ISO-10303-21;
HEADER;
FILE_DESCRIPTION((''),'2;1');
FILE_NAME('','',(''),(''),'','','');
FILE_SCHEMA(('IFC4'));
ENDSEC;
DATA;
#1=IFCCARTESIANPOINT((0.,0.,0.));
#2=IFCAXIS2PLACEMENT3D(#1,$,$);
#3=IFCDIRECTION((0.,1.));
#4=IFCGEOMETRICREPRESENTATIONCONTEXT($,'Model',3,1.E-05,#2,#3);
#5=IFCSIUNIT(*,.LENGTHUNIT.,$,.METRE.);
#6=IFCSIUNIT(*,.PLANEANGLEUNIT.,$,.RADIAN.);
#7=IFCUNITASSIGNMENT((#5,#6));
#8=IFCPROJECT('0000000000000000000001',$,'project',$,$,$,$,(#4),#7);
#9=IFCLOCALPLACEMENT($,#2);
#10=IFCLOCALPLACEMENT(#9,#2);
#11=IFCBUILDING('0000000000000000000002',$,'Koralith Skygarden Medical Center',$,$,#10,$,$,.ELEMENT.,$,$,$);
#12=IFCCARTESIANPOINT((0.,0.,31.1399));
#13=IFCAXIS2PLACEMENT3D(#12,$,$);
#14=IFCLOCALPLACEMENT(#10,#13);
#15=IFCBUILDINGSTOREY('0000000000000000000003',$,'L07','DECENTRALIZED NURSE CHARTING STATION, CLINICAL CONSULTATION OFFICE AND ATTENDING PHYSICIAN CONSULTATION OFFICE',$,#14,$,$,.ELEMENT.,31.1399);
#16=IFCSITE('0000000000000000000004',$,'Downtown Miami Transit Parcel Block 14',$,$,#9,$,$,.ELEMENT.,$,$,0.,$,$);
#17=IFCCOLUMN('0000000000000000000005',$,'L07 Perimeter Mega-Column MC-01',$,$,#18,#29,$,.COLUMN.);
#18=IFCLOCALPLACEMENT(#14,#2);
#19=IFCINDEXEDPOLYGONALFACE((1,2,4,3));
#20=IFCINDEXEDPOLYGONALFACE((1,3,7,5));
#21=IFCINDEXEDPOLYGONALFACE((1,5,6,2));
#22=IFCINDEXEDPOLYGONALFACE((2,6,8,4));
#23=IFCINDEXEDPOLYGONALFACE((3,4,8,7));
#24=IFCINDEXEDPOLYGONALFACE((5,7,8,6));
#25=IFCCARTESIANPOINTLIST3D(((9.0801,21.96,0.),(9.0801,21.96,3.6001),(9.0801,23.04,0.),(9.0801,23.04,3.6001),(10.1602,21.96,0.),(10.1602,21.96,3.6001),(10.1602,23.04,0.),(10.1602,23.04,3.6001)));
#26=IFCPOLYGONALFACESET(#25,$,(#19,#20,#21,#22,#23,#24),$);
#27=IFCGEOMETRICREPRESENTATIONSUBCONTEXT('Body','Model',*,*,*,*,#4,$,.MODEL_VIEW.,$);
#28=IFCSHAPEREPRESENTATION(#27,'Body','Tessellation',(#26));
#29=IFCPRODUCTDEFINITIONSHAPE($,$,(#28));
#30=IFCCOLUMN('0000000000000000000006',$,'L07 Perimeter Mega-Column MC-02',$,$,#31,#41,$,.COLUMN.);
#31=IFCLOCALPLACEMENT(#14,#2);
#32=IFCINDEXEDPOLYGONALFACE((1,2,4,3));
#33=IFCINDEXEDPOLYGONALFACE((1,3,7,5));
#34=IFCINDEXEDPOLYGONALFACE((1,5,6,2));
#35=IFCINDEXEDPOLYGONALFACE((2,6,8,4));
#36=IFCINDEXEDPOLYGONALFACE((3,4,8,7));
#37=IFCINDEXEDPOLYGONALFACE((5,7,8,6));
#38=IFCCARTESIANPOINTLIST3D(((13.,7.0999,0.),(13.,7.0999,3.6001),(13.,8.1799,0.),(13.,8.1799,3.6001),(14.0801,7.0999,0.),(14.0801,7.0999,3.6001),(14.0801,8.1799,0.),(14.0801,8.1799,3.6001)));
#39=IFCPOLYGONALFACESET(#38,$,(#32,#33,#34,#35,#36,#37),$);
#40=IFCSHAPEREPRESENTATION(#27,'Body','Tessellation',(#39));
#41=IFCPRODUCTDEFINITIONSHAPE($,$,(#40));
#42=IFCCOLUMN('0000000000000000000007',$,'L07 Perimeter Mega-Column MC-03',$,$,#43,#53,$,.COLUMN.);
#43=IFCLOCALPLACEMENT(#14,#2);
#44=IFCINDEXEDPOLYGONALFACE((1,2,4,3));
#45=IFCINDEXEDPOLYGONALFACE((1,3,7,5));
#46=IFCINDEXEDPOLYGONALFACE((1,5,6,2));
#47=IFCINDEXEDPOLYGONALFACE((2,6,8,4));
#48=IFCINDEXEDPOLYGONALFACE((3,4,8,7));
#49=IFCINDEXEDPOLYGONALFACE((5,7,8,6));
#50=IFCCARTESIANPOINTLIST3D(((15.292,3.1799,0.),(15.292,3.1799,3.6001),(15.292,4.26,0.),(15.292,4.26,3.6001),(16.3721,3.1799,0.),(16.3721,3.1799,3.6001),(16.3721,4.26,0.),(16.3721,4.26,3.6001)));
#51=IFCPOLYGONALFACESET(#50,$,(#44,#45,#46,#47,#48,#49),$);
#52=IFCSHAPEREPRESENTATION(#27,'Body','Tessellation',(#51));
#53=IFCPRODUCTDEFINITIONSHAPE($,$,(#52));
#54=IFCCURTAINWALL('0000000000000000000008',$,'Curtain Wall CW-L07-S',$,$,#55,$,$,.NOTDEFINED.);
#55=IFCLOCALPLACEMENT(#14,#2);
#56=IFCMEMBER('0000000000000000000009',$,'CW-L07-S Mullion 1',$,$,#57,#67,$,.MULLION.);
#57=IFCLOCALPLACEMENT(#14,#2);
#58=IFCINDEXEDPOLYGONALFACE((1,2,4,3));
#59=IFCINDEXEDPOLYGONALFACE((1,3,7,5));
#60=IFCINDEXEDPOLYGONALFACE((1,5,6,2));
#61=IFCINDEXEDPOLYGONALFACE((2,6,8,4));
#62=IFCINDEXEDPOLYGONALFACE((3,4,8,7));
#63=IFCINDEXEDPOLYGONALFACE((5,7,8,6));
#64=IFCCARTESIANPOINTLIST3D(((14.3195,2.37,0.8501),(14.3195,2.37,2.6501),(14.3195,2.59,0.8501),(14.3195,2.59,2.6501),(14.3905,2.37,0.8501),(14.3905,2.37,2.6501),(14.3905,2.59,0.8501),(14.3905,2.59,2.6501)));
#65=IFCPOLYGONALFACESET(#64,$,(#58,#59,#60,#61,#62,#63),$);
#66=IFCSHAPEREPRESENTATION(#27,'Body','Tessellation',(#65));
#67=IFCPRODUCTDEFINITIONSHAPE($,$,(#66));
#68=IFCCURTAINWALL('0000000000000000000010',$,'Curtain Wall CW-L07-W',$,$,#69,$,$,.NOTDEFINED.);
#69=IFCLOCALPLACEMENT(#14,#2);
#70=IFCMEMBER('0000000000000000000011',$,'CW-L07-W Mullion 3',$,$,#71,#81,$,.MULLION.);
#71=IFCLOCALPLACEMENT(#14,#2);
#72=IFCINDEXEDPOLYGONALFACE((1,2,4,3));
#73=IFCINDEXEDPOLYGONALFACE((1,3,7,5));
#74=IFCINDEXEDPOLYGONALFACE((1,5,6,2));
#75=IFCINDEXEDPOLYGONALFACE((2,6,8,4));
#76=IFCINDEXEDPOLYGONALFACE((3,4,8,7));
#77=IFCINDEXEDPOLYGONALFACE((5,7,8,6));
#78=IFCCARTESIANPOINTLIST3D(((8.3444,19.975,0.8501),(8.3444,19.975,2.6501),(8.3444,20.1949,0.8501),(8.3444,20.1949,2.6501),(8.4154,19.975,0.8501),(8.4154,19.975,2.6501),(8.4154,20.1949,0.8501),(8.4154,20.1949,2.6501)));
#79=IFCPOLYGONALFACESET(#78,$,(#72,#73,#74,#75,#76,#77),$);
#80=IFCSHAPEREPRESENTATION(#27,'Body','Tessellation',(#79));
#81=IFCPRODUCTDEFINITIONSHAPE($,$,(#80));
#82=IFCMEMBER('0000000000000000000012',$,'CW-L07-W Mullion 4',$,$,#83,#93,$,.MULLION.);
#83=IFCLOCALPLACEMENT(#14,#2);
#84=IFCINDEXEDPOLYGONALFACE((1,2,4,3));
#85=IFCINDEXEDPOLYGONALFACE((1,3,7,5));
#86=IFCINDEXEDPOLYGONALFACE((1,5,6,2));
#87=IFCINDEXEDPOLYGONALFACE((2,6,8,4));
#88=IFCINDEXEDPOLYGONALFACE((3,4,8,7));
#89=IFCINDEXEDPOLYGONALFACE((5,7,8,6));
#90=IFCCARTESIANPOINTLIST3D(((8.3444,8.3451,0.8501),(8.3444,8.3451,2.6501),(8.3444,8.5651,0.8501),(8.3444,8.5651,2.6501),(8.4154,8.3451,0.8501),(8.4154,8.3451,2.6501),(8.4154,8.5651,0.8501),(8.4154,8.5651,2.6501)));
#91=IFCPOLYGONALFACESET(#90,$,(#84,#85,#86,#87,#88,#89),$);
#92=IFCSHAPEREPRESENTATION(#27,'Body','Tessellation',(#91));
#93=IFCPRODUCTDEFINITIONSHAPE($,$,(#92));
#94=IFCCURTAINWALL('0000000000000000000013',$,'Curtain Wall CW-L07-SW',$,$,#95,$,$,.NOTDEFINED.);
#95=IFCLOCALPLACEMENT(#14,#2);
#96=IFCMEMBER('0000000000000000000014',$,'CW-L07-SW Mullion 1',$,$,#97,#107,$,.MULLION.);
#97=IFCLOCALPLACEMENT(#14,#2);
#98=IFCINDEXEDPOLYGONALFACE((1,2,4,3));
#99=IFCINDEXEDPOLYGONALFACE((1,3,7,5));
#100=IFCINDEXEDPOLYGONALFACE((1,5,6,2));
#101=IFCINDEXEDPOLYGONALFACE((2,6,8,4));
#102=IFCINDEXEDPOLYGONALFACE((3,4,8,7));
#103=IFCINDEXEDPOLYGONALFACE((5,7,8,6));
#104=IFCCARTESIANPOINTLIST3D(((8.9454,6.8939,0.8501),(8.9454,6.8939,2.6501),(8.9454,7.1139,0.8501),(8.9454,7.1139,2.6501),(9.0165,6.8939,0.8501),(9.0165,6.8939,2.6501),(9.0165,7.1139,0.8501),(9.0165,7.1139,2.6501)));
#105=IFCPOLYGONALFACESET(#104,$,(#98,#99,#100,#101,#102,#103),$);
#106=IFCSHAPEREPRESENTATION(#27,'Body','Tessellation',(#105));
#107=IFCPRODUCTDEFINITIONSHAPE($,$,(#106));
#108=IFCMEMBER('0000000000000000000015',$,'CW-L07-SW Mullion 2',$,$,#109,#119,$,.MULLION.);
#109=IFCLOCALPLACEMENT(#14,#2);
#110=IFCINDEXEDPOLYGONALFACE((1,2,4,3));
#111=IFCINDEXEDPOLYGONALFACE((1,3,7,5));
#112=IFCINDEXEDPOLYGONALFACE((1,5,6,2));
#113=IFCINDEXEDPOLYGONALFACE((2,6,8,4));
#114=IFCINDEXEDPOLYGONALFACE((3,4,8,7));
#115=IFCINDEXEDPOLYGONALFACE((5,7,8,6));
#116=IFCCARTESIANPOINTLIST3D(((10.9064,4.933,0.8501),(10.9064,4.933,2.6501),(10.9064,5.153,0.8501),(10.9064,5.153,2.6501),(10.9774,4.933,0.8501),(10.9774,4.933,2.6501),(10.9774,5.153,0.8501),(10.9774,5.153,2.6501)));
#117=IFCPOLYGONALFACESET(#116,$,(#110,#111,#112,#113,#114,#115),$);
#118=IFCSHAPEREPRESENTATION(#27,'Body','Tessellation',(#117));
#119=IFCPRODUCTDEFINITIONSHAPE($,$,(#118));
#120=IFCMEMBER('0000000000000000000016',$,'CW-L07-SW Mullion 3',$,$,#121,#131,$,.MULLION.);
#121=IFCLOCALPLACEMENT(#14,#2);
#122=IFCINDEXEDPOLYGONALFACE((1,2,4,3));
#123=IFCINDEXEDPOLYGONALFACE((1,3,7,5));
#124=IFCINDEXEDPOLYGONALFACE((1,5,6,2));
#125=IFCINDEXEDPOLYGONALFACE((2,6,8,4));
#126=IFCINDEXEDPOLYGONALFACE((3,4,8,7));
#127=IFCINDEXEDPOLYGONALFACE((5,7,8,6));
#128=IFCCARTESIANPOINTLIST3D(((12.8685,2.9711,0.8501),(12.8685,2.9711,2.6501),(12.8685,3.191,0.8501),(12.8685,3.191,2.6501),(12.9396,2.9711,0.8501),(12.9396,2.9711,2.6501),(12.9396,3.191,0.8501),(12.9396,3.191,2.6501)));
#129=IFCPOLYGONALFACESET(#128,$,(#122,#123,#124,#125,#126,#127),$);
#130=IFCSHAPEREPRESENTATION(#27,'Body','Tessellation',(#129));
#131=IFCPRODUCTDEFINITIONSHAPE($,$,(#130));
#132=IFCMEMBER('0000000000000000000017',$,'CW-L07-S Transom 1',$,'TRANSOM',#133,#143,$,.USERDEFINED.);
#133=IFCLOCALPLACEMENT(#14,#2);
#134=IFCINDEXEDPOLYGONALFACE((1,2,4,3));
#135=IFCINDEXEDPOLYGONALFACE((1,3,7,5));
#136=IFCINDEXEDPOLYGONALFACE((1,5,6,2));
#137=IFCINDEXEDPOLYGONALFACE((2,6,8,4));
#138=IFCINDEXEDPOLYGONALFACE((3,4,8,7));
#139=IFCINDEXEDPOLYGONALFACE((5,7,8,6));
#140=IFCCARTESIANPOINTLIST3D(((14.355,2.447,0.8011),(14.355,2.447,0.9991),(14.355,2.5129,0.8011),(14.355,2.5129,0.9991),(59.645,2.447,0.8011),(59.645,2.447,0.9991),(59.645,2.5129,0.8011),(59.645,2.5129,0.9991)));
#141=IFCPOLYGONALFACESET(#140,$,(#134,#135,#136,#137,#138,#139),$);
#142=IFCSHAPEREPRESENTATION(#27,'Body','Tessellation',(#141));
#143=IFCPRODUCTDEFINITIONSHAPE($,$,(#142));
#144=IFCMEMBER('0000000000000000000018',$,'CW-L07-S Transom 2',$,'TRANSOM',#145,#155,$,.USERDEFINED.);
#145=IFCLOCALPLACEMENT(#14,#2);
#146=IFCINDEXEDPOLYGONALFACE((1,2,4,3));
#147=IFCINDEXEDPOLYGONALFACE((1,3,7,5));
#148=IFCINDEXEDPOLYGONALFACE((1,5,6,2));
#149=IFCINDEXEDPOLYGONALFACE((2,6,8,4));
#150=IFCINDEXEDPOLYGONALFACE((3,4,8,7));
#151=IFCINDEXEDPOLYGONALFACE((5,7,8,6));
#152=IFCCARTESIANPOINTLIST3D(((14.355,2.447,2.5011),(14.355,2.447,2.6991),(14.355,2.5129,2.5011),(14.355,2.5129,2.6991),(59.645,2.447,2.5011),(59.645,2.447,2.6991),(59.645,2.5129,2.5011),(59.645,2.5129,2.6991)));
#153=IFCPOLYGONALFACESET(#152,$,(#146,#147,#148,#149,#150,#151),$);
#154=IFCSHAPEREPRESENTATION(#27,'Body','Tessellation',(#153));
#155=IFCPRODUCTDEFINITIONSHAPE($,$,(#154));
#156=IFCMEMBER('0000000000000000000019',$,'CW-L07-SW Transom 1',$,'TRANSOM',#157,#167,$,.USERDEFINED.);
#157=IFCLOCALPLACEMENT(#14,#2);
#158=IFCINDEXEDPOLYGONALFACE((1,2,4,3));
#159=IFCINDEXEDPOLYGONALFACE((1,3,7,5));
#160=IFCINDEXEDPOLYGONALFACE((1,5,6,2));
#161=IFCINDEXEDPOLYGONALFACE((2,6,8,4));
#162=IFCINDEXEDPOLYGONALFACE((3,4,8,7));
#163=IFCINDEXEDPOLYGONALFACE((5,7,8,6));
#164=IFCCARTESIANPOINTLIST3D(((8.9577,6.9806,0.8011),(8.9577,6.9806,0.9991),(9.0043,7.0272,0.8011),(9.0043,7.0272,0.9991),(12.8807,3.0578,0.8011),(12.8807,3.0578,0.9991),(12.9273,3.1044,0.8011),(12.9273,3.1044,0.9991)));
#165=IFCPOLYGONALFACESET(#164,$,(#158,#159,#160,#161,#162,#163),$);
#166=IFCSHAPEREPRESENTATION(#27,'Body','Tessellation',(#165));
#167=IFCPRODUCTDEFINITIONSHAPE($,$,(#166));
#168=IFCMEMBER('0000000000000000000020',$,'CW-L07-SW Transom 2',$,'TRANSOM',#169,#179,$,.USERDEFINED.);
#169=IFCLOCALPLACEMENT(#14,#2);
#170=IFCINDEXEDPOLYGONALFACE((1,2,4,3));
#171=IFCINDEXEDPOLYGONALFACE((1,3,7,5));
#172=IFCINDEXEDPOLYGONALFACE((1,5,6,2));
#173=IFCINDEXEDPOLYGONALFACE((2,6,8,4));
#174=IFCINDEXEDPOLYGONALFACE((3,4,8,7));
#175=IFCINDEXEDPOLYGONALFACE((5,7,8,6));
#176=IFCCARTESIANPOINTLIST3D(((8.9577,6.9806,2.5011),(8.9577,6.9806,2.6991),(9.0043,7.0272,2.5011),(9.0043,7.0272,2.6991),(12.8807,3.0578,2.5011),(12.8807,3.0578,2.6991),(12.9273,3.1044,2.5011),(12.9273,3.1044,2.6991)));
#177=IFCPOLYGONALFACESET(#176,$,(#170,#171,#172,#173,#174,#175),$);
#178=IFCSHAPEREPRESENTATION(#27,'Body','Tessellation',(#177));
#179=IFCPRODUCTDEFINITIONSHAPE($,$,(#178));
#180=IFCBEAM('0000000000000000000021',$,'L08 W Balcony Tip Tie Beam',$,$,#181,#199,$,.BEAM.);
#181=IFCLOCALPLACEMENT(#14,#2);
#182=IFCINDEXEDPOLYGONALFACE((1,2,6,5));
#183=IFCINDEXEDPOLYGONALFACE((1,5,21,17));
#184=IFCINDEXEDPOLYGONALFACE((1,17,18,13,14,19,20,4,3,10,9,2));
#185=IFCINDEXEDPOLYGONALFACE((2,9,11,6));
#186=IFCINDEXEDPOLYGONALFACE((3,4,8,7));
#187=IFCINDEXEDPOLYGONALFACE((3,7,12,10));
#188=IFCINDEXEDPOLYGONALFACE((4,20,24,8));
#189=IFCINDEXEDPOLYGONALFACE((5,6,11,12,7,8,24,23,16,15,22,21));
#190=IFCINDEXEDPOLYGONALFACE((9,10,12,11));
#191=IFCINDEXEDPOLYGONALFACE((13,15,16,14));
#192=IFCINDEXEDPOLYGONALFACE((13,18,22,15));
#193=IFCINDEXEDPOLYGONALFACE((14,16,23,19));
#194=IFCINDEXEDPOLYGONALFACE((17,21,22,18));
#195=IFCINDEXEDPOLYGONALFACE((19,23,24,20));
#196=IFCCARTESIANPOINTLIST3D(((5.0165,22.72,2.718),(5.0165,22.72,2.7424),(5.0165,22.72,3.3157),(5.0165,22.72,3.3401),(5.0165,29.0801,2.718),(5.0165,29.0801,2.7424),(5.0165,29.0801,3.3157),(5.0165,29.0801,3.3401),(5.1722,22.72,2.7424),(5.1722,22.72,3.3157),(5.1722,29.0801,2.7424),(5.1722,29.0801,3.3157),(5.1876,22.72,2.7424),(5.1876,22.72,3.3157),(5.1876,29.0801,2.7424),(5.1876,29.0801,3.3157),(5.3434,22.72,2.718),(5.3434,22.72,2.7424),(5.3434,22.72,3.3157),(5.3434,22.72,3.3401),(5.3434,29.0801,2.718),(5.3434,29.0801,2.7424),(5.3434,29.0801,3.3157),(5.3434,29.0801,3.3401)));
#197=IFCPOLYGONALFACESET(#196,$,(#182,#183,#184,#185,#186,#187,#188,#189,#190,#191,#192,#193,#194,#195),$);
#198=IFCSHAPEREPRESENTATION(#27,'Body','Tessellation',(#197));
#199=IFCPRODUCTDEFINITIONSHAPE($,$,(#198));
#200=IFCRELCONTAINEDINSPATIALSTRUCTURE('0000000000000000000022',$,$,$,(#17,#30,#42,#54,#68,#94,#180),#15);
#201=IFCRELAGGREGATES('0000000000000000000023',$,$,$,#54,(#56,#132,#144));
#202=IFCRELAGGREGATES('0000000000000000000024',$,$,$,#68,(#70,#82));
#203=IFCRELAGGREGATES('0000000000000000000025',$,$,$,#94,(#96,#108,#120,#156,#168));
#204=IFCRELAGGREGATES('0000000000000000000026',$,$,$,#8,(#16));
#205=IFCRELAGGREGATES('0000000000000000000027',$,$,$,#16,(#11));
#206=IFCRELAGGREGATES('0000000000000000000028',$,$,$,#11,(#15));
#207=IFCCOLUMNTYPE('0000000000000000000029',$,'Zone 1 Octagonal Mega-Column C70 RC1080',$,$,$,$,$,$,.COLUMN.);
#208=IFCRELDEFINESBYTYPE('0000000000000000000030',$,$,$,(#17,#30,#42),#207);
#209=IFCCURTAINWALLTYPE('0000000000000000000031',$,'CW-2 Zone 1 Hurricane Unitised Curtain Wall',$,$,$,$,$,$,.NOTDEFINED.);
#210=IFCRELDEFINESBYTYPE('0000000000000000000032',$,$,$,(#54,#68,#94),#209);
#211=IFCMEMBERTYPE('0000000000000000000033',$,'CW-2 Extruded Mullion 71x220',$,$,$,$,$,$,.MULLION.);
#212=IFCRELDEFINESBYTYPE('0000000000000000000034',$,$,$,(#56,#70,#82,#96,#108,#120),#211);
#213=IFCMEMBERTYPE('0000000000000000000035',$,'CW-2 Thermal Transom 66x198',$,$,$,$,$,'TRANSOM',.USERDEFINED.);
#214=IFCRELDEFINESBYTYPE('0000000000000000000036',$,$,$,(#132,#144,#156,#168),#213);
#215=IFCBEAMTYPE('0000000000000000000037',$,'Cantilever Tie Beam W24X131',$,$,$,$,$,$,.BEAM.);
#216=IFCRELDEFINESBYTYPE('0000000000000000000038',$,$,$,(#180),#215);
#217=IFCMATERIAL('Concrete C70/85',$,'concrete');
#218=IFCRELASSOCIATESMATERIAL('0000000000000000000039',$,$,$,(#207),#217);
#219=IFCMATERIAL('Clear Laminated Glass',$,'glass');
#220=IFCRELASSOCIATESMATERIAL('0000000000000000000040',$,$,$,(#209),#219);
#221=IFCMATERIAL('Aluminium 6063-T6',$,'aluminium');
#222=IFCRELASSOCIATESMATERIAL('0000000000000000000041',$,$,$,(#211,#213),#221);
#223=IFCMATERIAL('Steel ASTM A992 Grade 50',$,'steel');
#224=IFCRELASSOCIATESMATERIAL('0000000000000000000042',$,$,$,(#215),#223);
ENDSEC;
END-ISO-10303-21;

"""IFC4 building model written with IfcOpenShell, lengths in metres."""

from ifc_helpers import new_model, si_unit, direction, frame, origin, origin_2d, place, context, subcontext, project, spatial, rectangle, i_section, extrude, material, material_profile, profile_set, type_object, element, aggregate, save


model = new_model("IFC4")

# Units and contexts
model_context = context("Model", 3, precision=1e-05, world=origin(), true_north=direction((0.0, 1.0)))
body_context = subcontext(model_context, "Body", "Model", "MODEL_VIEW")
ifc_project = project(units=[si_unit("LENGTHUNIT", "METRE"), si_unit("PLANEANGLEUNIT", "RADIAN")], contexts=[model_context])

# Site, building, storey
site_placement = place(None, origin())
site = spatial("IfcSite", under=ifc_project, at=site_placement, Name="Downtown Miami Transit Parcel Block 14", CompositionType="ELEMENT", RefElevation=0.0)
building_placement = place(site_placement, origin())
building = spatial("IfcBuilding", under=site, at=building_placement, Name="Koralith Skygarden Medical Center", CompositionType="ELEMENT")
storey_placement = place(building_placement, frame((0.0, 0.0, 31.1399)))
storey = spatial("IfcBuildingStorey", under=building, at=storey_placement, Name="L07", Description="DECENTRALIZED NURSE CHARTING STATION, CLINICAL CONSULTATION OFFICE AND ATTENDING PHYSICIAN CONSULTATION OFFICE", CompositionType="ELEMENT", Elevation=31.1399)

# Columns
ifc_material_1 = material(Name="Concrete C70/85", Category="concrete")
ifc_material_profile_1 = material_profile(ifc_material_1, rectangle(XDim=1.0801, YDim=1.0801, at=origin_2d()), Name="RC1080X1080")
ifc_profile_set_1 = profile_set([ifc_material_profile_1], Name="Concrete C70/85")
column_type = type_object("IfcColumnType", Name="Zone 1 Octagonal Mega-Column C70 RC1080", PredefinedType="COLUMN", material=ifc_profile_set_1)
for number, where, z_axis, x_axis, name in (
    (1, (9.6201, 22.5, 0.0), (0.0, 0.0, 1.0), (1.0, 0.0, 0.0), "L07 Perimeter Mega-Column MC-01"),
    (2, (13.54, 7.6399, 0.0), (0.0, 0.0, 1.0), (1.0, 0.0, 0.0), "L07 Perimeter Mega-Column MC-02"),
    (3, (15.832, 3.72, 0.0), (0.0, 0.0, 1.0), (1.0, 0.0, 0.0), "L07 Perimeter Mega-Column MC-03"),
):
    element("IfcColumn", number, at=place(storey_placement, frame(where, z_axis=z_axis, x_axis=x_axis)), inside=storey, type_object=column_type, Name=name, PredefinedType="COLUMN", context=body_context, shape_type="SweptSolid", body=[
        extrude(rectangle(XDim=1.0801, YDim=1.0801, at=origin_2d()), origin(), (0.0, 0.0, 1.0), 3.6001),
    ])

# Curtain wall, member
ifc_material_2 = material(Name="Clear Laminated Glass", Category="glass")
curtain_wall_type = type_object("IfcCurtainWallType", Name="CW-2 Zone 1 Hurricane Unitised Curtain Wall", PredefinedType="NOTDEFINED", material=ifc_material_2)
curtain_wall_1_placement = place(storey_placement, origin())
curtain_wall_1 = element("IfcCurtainWall", 4, at=curtain_wall_1_placement, inside=storey, type_object=curtain_wall_type, Name="Curtain Wall CW-L07-S", PredefinedType="NOTDEFINED")
ifc_material_3 = material(Name="Aluminium 6063-T6", Category="aluminium")
ifc_material_profile_2 = material_profile(ifc_material_3, rectangle(XDim=0.071, YDim=0.22, at=origin_2d()), Name="MUL71X220")
ifc_profile_set_2 = profile_set([ifc_material_profile_2], Name="Aluminium 6063-T6")
member_type_1 = type_object("IfcMemberType", Name="CW-2 Extruded Mullion 71x220", PredefinedType="MULLION", material=ifc_profile_set_2)
member_1_placement = place(storey_placement, frame((14.355, 2.48, 0.8501), z_axis=(0.0, 0.0, 1.0), x_axis=(1.0, 0.0, 0.0)))
member_1 = element("IfcMember", 5, at=member_1_placement, type_object=member_type_1, Name="CW-L07-S Mullion 1", PredefinedType="MULLION", context=body_context, shape_type="SweptSolid", body=[
    extrude(rectangle(XDim=0.071, YDim=0.22, at=origin_2d()), origin(), (0.0, 0.0, 1.0), 1.8),
])

# Curtain walls, members
curtain_wall_2_placement = place(storey_placement, origin())
curtain_wall_2 = element("IfcCurtainWall", 6, at=curtain_wall_2_placement, inside=storey, type_object=curtain_wall_type, Name="Curtain Wall CW-L07-W", PredefinedType="NOTDEFINED")
member_2_placement = place(storey_placement, frame((8.3799, 20.085, 0.8501), z_axis=(0.0, 0.0, 1.0), x_axis=(1.0, 0.0, 0.0)))
member_2 = element("IfcMember", 7, at=member_2_placement, type_object=member_type_1, Name="CW-L07-W Mullion 3", PredefinedType="MULLION", context=body_context, shape_type="SweptSolid", body=[
    extrude(rectangle(XDim=0.071, YDim=0.22, at=origin_2d()), origin(), (0.0, 0.0, 1.0), 1.8),
])
member_3_placement = place(storey_placement, frame((8.3799, 8.4551, 0.8501), z_axis=(0.0, 0.0, 1.0), x_axis=(1.0, 0.0, 0.0)))
member_3 = element("IfcMember", 8, at=member_3_placement, type_object=member_type_1, Name="CW-L07-W Mullion 4", PredefinedType="MULLION", context=body_context, shape_type="SweptSolid", body=[
    extrude(rectangle(XDim=0.071, YDim=0.22, at=origin_2d()), origin(), (0.0, 0.0, 1.0), 1.8),
])
curtain_wall_3_placement = place(storey_placement, origin())
curtain_wall_3 = element("IfcCurtainWall", 9, at=curtain_wall_3_placement, inside=storey, type_object=curtain_wall_type, Name="Curtain Wall CW-L07-SW", PredefinedType="NOTDEFINED")
member_4_placement = place(storey_placement, frame((8.981, 7.0039, 0.8501), z_axis=(0.0, 0.0, 1.0), x_axis=(1.0, 0.0, 0.0)))
member_4 = element("IfcMember", 10, at=member_4_placement, type_object=member_type_1, Name="CW-L07-SW Mullion 1", PredefinedType="MULLION", context=body_context, shape_type="SweptSolid", body=[
    extrude(rectangle(XDim=0.071, YDim=0.22, at=origin_2d()), origin(), (0.0, 0.0, 1.0), 1.8),
])
member_5_placement = place(storey_placement, frame((10.9419, 5.043, 0.8501), z_axis=(0.0, 0.0, 1.0), x_axis=(1.0, 0.0, 0.0)))
member_5 = element("IfcMember", 11, at=member_5_placement, type_object=member_type_1, Name="CW-L07-SW Mullion 2", PredefinedType="MULLION", context=body_context, shape_type="SweptSolid", body=[
    extrude(rectangle(XDim=0.071, YDim=0.22, at=origin_2d()), origin(), (0.0, 0.0, 1.0), 1.8),
])
member_6_placement = place(storey_placement, frame((12.9041, 3.0811, 0.8501), z_axis=(0.0, 0.0, 1.0), x_axis=(1.0, 0.0, 0.0)))
member_6 = element("IfcMember", 12, at=member_6_placement, type_object=member_type_1, Name="CW-L07-SW Mullion 3", PredefinedType="MULLION", context=body_context, shape_type="SweptSolid", body=[
    extrude(rectangle(XDim=0.071, YDim=0.22, at=origin_2d()), origin(), (0.0, 0.0, 1.0), 1.8),
])

# Members
ifc_material_profile_3 = material_profile(ifc_material_3, rectangle(XDim=0.0659, YDim=0.198, at=origin_2d()), Name="TRN66X198")
ifc_profile_set_3 = profile_set([ifc_material_profile_3], Name="Aluminium 6063-T6")
member_type_2 = type_object("IfcMemberType", Name="CW-2 Thermal Transom 66x198", ElementType="TRANSOM", PredefinedType="USERDEFINED", material=ifc_profile_set_3)
member_7_placement = place(storey_placement, frame((14.355, 2.48, 0.9001), z_axis=(1.0, 0.0, 0.0), x_axis=(0.0, 1.0, 0.0)))
member_7 = element("IfcMember", 13, at=member_7_placement, type_object=member_type_2, Name="CW-L07-S Transom 1", ObjectType="TRANSOM", PredefinedType="USERDEFINED", context=body_context, shape_type="SweptSolid", body=[
    extrude(rectangle(XDim=0.0659, YDim=0.198, at=origin_2d()), origin(), (0.0, 0.0, 1.0), 45.29),
])
member_8_placement = place(storey_placement, frame((14.355, 2.48, 2.6001), z_axis=(1.0, 0.0, 0.0), x_axis=(0.0, 1.0, 0.0)))
member_8 = element("IfcMember", 14, at=member_8_placement, type_object=member_type_2, Name="CW-L07-S Transom 2", ObjectType="TRANSOM", PredefinedType="USERDEFINED", context=body_context, shape_type="SweptSolid", body=[
    extrude(rectangle(XDim=0.0659, YDim=0.198, at=origin_2d()), origin(), (0.0, 0.0, 1.0), 45.29),
])
member_9_placement = place(storey_placement, frame((8.981, 7.0039, 0.9001), z_axis=(0.707129, -0.707085, 0.0), x_axis=(0.707085, 0.707129, 0.0)))
member_9 = element("IfcMember", 15, at=member_9_placement, type_object=member_type_2, Name="CW-L07-SW Transom 1", ObjectType="TRANSOM", PredefinedType="USERDEFINED", context=body_context, shape_type="SweptSolid", body=[
    extrude(rectangle(XDim=0.0659, YDim=0.198, at=origin_2d()), origin(), (0.0, 0.0, 1.0), 5.5479),
])
member_10_placement = place(storey_placement, frame((8.981, 7.0039, 2.6001), z_axis=(0.707129, -0.707085, 0.0), x_axis=(0.707085, 0.707129, 0.0)))
member_10 = element("IfcMember", 16, at=member_10_placement, type_object=member_type_2, Name="CW-L07-SW Transom 2", ObjectType="TRANSOM", PredefinedType="USERDEFINED", context=body_context, shape_type="SweptSolid", body=[
    extrude(rectangle(XDim=0.0659, YDim=0.198, at=origin_2d()), origin(), (0.0, 0.0, 1.0), 5.5479),
])

# Beam
ifc_material_4 = material(Name="Steel ASTM A992 Grade 50", Category="steel")
ifc_material_profile_4 = material_profile(ifc_material_4, i_section(OverallWidth=0.3269, OverallDepth=0.6221, WebThickness=0.0154, FlangeThickness=0.0244, at=origin_2d()), Name="W24X131")
ifc_profile_set_4 = profile_set([ifc_material_profile_4], Name="Steel ASTM A992 Grade 50")
beam_type_1 = type_object("IfcBeamType", Name="Cantilever Tie Beam W24X131", PredefinedType="BEAM", material=ifc_profile_set_4)
beam_1_placement = place(storey_placement, frame((5.1799, 22.72, 3.0291), z_axis=(0.0, 1.0, 0.0), x_axis=(-1.0, 0.0, 0.0)))
element("IfcBeam", 17, at=beam_1_placement, inside=storey, type_object=beam_type_1, Name="L08 W Balcony Tip Tie Beam", PredefinedType="BEAM", context=body_context, shape_type="SweptSolid", body=[
    extrude(i_section(OverallWidth=0.3269, OverallDepth=0.6221, WebThickness=0.0154, FlangeThickness=0.0244, at=origin_2d()), origin(), (0.0, 0.0, 1.0), 6.3601),
])

aggregate(curtain_wall_1, [member_1, member_7, member_8])
aggregate(curtain_wall_2, [member_2, member_3])
aggregate(curtain_wall_3, [member_4, member_5, member_6, member_9, member_10])

save(model, "model.ifc")
